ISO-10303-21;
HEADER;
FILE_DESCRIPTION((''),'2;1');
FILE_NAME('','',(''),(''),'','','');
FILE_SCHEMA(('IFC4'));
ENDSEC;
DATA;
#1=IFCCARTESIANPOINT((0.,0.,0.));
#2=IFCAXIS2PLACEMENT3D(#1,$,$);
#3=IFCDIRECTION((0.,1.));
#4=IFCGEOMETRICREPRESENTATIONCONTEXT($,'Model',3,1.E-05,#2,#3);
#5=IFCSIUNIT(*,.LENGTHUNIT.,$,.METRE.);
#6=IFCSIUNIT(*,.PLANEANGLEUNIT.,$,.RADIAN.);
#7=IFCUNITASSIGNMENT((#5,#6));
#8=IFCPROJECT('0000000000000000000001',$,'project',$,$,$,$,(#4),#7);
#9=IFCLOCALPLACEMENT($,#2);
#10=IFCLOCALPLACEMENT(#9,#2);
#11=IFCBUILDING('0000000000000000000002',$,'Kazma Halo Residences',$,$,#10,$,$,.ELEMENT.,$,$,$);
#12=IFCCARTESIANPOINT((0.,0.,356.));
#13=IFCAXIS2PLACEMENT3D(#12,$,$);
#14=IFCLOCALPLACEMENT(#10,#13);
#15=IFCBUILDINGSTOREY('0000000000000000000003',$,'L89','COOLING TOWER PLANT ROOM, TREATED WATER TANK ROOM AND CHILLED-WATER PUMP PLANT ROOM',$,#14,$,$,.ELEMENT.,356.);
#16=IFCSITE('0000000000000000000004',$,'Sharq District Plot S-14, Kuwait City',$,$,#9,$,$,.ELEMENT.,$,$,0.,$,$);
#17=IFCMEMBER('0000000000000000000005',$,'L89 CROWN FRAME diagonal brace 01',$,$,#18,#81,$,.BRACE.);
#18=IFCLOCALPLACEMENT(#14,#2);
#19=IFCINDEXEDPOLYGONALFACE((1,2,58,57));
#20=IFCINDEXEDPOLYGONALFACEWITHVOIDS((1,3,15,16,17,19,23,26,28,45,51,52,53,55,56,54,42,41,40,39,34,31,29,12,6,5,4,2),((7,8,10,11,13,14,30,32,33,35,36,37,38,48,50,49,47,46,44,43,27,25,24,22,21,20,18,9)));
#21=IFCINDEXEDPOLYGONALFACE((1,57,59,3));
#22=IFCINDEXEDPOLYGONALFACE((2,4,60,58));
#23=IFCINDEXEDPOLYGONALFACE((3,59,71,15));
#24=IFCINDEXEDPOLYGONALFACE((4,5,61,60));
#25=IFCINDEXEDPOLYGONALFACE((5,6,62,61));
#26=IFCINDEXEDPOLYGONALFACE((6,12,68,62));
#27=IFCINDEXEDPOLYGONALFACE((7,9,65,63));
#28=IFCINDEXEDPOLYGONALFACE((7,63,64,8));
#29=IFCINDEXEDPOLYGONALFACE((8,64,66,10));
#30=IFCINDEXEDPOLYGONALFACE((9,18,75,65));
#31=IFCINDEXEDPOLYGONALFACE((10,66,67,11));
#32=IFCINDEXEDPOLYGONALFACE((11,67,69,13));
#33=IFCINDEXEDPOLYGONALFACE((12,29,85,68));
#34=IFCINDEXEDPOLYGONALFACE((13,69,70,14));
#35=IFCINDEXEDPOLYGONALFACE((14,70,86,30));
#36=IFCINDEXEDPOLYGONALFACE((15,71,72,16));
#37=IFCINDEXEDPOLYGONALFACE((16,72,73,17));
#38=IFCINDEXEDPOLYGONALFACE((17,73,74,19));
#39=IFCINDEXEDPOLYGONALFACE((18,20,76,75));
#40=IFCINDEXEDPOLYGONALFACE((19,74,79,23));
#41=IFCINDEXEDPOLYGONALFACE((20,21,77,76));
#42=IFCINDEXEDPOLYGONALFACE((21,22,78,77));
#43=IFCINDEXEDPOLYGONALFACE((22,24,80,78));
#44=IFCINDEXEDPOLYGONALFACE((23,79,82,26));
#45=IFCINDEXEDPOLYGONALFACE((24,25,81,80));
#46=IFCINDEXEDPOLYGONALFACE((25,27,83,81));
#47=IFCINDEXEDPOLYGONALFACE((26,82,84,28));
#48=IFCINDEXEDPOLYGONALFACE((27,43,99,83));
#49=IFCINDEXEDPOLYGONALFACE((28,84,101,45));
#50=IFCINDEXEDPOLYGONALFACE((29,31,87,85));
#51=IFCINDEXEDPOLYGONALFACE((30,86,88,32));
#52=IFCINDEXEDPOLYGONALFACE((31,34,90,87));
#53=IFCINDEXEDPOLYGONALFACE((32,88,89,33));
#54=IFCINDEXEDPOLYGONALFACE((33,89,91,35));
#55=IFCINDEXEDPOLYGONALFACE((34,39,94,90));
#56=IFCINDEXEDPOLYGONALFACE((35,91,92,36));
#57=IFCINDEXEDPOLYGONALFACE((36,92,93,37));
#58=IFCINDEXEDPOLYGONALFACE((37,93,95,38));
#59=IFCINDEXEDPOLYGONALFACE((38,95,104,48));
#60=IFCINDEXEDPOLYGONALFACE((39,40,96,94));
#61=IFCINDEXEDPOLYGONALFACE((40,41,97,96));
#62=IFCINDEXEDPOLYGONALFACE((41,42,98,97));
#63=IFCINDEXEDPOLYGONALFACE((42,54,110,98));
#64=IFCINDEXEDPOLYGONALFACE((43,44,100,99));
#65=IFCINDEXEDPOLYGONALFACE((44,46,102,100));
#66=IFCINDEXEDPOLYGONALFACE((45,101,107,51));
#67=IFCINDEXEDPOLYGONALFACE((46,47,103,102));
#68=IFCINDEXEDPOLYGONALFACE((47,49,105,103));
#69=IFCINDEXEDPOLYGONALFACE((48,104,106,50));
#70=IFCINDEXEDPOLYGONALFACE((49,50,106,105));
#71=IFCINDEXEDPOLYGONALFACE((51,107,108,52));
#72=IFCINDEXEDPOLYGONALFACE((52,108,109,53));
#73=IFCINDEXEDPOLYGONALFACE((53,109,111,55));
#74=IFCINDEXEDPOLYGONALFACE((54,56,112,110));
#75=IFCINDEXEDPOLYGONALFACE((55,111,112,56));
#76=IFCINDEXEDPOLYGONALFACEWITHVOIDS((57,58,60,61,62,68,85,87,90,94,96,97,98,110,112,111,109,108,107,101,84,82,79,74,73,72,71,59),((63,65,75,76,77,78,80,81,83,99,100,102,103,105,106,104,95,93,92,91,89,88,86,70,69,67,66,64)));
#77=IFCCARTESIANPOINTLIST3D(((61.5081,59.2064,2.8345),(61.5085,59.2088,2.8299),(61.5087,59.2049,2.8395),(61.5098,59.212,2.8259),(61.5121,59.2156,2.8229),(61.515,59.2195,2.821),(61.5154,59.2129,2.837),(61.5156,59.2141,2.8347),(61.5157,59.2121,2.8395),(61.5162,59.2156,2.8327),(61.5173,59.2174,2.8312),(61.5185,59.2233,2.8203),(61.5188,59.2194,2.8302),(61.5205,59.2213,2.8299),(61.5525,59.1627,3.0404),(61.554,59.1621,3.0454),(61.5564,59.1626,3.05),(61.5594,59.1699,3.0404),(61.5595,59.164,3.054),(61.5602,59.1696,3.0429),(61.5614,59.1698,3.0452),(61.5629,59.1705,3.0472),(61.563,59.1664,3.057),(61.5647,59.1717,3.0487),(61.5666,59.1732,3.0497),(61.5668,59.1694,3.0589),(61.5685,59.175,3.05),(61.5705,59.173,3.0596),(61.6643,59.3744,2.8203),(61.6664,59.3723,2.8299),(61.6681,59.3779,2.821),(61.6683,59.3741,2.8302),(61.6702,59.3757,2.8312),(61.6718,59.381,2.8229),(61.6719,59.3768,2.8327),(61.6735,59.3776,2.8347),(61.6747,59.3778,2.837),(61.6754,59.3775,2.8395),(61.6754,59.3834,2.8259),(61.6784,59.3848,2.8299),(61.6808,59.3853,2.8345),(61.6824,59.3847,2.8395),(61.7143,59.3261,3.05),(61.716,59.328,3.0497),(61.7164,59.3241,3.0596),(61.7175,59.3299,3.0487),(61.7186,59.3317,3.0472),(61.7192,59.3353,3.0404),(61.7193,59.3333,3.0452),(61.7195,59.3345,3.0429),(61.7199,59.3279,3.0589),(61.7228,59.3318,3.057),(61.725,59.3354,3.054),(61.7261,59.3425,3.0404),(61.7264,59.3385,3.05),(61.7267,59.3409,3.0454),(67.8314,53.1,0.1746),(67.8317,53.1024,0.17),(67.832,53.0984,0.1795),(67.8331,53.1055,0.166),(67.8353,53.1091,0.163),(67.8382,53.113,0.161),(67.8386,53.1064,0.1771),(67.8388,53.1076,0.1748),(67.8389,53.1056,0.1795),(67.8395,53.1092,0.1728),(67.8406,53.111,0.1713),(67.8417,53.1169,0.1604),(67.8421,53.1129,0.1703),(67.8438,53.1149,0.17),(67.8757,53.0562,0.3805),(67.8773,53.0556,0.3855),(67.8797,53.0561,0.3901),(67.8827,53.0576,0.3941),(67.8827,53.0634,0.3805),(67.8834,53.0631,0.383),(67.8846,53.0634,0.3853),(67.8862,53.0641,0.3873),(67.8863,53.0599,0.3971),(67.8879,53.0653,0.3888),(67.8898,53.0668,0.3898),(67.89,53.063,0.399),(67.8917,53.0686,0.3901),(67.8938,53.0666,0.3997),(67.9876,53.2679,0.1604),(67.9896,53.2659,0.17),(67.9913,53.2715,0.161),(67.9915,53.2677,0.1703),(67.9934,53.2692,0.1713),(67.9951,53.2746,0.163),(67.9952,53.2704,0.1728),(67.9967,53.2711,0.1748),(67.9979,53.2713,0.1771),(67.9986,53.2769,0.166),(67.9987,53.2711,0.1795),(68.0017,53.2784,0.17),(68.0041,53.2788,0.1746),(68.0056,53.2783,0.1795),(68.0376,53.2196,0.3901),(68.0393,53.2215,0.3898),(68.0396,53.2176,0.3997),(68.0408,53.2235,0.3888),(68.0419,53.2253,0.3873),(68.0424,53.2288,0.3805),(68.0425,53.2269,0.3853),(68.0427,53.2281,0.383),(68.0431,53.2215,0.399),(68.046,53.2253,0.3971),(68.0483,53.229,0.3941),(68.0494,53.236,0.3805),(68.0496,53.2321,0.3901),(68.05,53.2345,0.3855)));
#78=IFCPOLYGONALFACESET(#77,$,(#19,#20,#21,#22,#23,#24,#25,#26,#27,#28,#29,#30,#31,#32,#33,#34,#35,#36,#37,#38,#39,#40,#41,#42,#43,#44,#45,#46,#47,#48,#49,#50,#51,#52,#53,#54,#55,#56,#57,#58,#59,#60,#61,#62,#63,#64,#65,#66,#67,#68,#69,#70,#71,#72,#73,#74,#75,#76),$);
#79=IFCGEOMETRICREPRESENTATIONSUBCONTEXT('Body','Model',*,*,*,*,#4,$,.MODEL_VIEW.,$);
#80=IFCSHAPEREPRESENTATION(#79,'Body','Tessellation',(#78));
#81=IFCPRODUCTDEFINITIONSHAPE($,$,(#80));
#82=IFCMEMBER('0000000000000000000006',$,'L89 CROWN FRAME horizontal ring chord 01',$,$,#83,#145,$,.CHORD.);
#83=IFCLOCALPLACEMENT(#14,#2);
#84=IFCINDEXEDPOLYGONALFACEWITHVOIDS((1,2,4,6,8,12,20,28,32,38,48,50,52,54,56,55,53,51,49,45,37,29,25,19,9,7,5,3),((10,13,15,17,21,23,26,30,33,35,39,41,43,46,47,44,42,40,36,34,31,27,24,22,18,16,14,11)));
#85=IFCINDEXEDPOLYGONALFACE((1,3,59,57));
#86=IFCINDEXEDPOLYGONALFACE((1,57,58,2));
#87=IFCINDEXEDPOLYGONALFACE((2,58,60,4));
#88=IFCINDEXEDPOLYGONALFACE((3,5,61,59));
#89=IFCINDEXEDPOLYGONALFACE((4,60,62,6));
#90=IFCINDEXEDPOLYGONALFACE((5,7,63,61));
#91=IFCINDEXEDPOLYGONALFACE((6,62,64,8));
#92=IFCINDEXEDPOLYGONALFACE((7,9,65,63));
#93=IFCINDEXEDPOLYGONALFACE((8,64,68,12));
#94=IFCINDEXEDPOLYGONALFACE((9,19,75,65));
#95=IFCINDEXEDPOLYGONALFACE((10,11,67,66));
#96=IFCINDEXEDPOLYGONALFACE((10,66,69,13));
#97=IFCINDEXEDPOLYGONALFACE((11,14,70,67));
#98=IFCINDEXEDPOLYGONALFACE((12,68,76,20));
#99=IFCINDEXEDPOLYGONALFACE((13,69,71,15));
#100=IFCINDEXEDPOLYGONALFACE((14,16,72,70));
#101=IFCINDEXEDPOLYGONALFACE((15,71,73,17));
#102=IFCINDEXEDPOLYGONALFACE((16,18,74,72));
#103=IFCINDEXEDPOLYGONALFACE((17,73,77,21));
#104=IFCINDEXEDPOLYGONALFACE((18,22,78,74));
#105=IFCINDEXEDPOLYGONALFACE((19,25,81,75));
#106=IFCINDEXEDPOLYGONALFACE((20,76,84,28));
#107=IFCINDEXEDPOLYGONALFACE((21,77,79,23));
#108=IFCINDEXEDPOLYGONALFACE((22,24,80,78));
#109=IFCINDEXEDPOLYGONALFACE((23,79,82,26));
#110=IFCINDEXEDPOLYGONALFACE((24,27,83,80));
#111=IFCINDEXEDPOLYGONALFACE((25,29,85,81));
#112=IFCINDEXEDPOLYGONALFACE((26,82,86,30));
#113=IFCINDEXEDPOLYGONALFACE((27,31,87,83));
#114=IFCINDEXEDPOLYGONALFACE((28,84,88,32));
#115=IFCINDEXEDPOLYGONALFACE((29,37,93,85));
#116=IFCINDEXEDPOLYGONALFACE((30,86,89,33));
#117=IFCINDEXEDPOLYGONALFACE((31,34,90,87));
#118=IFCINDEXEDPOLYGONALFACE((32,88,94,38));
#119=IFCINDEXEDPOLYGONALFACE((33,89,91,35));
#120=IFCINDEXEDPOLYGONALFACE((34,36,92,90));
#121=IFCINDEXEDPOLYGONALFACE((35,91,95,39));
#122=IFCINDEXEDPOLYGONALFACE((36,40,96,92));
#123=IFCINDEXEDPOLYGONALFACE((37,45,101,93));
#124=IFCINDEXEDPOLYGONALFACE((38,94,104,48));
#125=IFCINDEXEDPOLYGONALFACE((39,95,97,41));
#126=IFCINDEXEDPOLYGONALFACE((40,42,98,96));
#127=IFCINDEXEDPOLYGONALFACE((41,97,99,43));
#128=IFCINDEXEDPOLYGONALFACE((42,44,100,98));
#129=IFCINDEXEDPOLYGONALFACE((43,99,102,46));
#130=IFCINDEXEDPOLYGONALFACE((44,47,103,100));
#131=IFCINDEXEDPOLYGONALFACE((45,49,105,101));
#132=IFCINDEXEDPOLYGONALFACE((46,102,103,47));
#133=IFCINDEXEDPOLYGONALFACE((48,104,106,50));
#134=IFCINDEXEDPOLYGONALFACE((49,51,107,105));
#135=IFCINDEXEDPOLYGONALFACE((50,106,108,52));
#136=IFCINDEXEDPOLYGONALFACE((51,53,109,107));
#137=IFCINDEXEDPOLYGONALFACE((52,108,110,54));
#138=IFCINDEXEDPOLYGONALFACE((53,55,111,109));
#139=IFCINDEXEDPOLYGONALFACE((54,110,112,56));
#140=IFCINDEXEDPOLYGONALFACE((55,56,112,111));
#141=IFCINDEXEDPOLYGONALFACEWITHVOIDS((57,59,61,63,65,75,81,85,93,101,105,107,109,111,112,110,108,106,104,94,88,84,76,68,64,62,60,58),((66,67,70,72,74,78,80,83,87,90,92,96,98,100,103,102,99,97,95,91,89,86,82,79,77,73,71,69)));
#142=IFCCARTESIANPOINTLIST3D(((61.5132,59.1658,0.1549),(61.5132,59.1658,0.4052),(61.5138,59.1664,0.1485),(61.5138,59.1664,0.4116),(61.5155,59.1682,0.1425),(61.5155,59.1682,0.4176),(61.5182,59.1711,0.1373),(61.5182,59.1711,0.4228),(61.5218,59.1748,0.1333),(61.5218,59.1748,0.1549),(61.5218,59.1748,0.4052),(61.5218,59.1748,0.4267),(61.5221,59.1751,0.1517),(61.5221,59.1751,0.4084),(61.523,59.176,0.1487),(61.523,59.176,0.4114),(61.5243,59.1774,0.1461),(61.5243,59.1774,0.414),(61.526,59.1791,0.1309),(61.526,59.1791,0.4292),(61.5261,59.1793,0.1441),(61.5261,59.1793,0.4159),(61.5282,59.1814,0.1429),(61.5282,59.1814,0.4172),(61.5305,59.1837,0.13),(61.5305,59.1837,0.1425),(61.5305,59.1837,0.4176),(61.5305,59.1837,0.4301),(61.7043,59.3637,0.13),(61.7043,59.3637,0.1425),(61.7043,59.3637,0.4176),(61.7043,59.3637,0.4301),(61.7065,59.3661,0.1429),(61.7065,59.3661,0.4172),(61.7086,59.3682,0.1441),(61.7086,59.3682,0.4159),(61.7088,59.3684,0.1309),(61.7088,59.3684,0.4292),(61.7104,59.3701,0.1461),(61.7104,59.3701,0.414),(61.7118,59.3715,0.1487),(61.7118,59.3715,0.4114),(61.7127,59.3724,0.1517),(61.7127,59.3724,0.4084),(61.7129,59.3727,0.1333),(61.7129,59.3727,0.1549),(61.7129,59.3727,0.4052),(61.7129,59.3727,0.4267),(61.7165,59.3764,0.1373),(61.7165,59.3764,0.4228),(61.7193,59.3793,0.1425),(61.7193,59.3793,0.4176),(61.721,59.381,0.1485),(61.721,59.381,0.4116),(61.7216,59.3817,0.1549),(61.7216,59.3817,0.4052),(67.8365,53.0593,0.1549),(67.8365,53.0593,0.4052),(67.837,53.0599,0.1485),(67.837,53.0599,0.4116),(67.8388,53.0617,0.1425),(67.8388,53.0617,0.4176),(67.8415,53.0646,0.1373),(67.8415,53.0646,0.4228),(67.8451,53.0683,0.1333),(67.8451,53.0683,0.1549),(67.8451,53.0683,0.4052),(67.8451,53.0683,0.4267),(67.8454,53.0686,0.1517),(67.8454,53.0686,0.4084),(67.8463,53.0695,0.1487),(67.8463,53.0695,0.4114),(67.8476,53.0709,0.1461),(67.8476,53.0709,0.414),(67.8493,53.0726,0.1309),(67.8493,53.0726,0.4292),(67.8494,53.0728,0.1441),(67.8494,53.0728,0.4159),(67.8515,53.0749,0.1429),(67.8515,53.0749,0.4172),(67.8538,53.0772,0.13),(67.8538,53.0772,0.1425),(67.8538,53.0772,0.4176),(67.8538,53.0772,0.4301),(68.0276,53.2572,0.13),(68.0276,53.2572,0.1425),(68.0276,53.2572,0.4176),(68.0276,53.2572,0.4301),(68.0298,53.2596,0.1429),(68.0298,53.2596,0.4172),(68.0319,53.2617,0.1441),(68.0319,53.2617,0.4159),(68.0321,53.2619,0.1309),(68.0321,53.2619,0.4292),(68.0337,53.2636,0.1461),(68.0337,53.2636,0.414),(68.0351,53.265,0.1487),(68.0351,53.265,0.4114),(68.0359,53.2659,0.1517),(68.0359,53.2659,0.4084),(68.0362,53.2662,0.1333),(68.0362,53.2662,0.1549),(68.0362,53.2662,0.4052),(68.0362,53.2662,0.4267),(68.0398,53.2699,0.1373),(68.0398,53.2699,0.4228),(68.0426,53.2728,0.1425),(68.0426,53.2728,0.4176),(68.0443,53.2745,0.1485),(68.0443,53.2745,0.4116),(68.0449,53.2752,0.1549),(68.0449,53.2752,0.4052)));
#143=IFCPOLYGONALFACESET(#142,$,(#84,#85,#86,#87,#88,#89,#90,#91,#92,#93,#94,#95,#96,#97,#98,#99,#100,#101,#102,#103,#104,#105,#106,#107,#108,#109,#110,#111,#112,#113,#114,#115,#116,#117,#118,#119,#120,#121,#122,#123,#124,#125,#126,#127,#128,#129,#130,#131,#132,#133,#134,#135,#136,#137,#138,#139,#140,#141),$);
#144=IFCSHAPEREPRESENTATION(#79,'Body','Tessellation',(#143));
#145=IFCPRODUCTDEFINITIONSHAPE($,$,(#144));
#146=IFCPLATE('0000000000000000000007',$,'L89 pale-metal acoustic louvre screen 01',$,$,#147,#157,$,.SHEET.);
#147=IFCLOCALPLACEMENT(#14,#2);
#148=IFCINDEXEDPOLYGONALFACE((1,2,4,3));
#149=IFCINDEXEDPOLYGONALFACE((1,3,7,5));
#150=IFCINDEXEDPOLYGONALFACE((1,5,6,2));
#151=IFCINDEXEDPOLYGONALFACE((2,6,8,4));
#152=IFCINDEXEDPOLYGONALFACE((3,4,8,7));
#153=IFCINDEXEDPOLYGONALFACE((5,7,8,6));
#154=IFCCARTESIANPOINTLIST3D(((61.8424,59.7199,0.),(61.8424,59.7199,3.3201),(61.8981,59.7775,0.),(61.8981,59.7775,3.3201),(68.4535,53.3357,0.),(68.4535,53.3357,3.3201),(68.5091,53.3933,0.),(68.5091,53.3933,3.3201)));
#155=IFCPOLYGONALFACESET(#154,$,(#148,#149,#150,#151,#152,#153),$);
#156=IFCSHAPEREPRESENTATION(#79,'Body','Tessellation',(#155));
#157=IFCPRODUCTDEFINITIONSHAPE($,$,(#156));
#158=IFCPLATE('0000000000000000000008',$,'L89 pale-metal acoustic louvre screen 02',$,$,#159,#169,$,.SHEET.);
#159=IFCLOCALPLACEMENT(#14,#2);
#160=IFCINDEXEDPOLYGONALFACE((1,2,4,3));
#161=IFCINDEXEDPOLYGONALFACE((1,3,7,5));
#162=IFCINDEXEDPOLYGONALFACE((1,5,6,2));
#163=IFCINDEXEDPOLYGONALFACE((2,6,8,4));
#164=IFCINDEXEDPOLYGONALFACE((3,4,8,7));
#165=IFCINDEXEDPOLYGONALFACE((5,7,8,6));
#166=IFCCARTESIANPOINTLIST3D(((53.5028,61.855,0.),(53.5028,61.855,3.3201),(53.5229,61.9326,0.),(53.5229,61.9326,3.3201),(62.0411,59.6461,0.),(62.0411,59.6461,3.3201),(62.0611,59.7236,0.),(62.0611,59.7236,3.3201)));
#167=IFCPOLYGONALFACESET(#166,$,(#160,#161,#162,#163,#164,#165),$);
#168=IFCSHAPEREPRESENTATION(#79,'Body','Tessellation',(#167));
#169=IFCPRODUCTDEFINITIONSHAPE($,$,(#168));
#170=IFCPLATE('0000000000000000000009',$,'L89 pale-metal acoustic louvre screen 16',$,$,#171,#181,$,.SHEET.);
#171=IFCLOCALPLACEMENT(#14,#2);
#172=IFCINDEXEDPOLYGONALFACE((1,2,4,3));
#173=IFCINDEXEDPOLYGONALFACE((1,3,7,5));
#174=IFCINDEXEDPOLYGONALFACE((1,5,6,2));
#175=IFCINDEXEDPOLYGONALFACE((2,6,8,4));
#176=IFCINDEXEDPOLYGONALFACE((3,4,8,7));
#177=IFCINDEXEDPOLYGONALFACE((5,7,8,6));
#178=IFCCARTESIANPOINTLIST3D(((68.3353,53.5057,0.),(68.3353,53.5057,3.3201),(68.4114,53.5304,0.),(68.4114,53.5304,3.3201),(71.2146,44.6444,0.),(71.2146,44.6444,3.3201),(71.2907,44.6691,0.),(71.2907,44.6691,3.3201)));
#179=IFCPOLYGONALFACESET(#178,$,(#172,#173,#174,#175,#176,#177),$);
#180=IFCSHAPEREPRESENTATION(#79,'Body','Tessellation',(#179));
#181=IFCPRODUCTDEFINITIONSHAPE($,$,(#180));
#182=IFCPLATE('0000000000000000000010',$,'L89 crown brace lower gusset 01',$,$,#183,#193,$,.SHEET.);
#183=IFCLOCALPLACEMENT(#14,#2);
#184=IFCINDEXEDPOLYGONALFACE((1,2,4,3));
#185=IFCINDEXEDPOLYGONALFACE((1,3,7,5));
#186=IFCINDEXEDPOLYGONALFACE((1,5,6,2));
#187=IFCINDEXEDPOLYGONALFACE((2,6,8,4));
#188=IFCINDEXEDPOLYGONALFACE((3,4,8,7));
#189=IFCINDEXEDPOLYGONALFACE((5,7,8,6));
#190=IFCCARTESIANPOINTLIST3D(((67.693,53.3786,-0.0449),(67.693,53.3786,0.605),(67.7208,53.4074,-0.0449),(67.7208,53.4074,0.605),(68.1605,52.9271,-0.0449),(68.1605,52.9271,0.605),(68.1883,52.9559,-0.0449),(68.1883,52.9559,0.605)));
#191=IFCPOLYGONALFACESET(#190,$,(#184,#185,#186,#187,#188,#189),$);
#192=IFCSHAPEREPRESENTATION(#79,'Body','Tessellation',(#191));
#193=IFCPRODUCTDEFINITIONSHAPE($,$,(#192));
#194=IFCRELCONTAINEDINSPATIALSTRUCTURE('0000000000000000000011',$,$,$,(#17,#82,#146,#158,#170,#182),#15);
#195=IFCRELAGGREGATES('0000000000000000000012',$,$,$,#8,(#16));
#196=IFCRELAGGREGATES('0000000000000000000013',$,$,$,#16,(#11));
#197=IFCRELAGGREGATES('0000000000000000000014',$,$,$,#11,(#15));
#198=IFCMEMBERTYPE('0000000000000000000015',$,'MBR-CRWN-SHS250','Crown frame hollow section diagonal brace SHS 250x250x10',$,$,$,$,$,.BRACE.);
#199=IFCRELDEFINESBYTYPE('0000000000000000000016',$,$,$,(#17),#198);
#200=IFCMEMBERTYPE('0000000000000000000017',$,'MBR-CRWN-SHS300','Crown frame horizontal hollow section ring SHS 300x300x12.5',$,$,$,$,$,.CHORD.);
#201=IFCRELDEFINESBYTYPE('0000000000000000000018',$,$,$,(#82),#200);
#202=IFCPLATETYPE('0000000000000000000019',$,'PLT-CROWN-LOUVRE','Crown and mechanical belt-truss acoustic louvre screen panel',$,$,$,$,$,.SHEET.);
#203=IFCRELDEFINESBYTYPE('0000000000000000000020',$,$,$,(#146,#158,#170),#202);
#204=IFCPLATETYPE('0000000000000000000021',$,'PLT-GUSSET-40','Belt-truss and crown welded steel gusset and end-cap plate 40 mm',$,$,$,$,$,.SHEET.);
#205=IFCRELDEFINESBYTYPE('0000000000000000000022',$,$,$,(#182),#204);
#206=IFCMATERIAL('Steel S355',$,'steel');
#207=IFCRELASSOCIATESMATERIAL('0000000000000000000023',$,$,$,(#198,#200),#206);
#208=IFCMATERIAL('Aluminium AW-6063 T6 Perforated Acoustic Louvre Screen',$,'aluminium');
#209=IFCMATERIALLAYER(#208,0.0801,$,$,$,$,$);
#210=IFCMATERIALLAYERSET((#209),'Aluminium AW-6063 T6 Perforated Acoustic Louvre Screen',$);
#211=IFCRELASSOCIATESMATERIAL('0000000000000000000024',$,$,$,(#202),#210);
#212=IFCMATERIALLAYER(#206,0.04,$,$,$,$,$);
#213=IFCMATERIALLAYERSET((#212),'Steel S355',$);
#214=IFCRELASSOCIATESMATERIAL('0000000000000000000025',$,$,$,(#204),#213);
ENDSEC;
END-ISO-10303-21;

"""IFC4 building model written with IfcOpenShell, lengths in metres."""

from ifc_helpers import new_model, si_unit, direction, frame, origin, origin_2d, place, context, subcontext, project, spatial, rectangle, hollow_rectangle, extrude, material, layer, layer_set, material_profile, profile_set, type_object, element, save


model = new_model("IFC4")

# Units and contexts
model_context = context("Model", 3, precision=1e-05, world=origin(), true_north=direction((0.0, 1.0)))
body_context = subcontext(model_context, "Body", "Model", "MODEL_VIEW")
ifc_project = project(units=[si_unit("LENGTHUNIT", "METRE"), si_unit("PLANEANGLEUNIT", "RADIAN")], contexts=[model_context])

# Site, building, storey
site_placement = place(None, origin())
site = spatial("IfcSite", under=ifc_project, at=site_placement, Name="Sharq District Plot S-14, Kuwait City", CompositionType="ELEMENT", RefElevation=0.0)
building_placement = place(site_placement, origin())
building = spatial("IfcBuilding", under=site, at=building_placement, Name="Kazma Halo Residences", CompositionType="ELEMENT")
storey_placement = place(building_placement, frame((0.0, 0.0, 356.0)))
storey = spatial("IfcBuildingStorey", under=building, at=storey_placement, Name="L89", Description="COOLING TOWER PLANT ROOM, TREATED WATER TANK ROOM AND CHILLED-WATER PUMP PLANT ROOM", CompositionType="ELEMENT", Elevation=356.0)

# Shared definitions
ifc_material_1 = material(Name="Steel S355", Category="steel")

# Members
ifc_material_profile_1 = material_profile(ifc_material_1, hollow_rectangle(XDim=0.25, YDim=0.25, WallThickness=0.01, InnerFilletRadius=0.01, OuterFilletRadius=0.02, at=origin_2d()), Name="SHS250x250x10")
ifc_profile_set_1 = profile_set([ifc_material_profile_1], Name="Steel S355")
member_type_1 = type_object("IfcMemberType", Name="MBR-CRWN-SHS250", Description="Crown frame hollow section diagonal brace SHS 250x250x10", PredefinedType="BRACE", material=ifc_profile_set_1)
member_1_placement = place(storey_placement, frame((67.9407, 53.1672, 0.28), z_axis=(-0.688501, 0.664895, 0.289622), x_axis=(-0.694668, -0.719331, 0.0)))
element("IfcMember", 1, at=member_1_placement, inside=storey, type_object=member_type_1, Name="L89 CROWN FRAME diagonal brace 01", PredefinedType="BRACE", context=body_context, shape_type="SweptSolid", body=[
    extrude(hollow_rectangle(XDim=0.25, YDim=0.25, WallThickness=0.01, InnerFilletRadius=0.01, OuterFilletRadius=0.02, at=origin_2d()), origin(), (0.0, 0.0, 1.0), 9.1841),
])
ifc_material_profile_2 = material_profile(ifc_material_1, hollow_rectangle(XDim=0.3, YDim=0.3, WallThickness=0.0125, InnerFilletRadius=0.0125, OuterFilletRadius=0.0249, at=origin_2d()), Name="SHS300x300x12.5")
ifc_profile_set_2 = profile_set([ifc_material_profile_2], Name="Steel S355")
member_type_2 = type_object("IfcMemberType", Name="MBR-CRWN-SHS300", Description="Crown frame horizontal hollow section ring SHS 300x300x12.5", PredefinedType="CHORD", material=ifc_profile_set_2)
member_2_placement = place(storey_placement, frame((67.9407, 53.1672, 0.28), z_axis=(-0.719331, 0.694668, 0.0), x_axis=(-0.694668, -0.719331, 0.0)))
element("IfcMember", 2, at=member_2_placement, inside=storey, type_object=member_type_2, Name="L89 CROWN FRAME horizontal ring chord 01", PredefinedType="CHORD", context=body_context, shape_type="SweptSolid", body=[
    extrude(hollow_rectangle(XDim=0.3, YDim=0.3, WallThickness=0.0125, InnerFilletRadius=0.0125, OuterFilletRadius=0.0249, at=origin_2d()), origin(), (0.0, 0.0, 1.0), 8.7905),
])

# Plates
ifc_material_2 = material(Name="Aluminium AW-6063 T6 Perforated Acoustic Louvre Screen", Category="aluminium")
ifc_layer_1 = layer(ifc_material_2, 0.0801)
ifc_layer_set_1 = layer_set([ifc_layer_1], Name="Aluminium AW-6063 T6 Perforated Acoustic Louvre Screen")
plate_type_1 = type_object("IfcPlateType", Name="PLT-CROWN-LOUVRE", Description="Crown and mechanical belt-truss acoustic louvre screen panel", PredefinedType="SHEET", material=ifc_layer_set_1)
plate_1_placement = place(storey_placement, frame((65.1758, 56.5566, 0.0), z_axis=(0.0, 0.0, 1.0), x_axis=(-0.719342, 0.694656, 0.0)))
element("IfcPlate", 3, at=plate_1_placement, inside=storey, type_object=plate_type_1, Name="L89 pale-metal acoustic louvre screen 01", PredefinedType="SHEET", context=body_context, shape_type="SweptSolid", body=[
    extrude(rectangle(XDim=9.1904, YDim=0.0801, at=origin_2d()), origin(), (0.0, 0.0, 1.0), 3.3201),
])
plate_2_placement = place(storey_placement, frame((57.782, 60.7893, 0.0), z_axis=(0.0, 0.0, 1.0), x_axis=(-0.968124, 0.25047, 0.0)))
element("IfcPlate", 4, at=plate_2_placement, inside=storey, type_object=plate_type_1, Name="L89 pale-metal acoustic louvre screen 02", PredefinedType="SHEET", context=body_context, shape_type="SweptSolid", body=[
    extrude(rectangle(XDim=8.8193, YDim=0.0801, at=origin_2d()), origin(), (0.0, 0.0, 1.0), 3.3201),
])
plate_3_placement = place(storey_placement, frame((69.813, 49.0874, 0.0), z_axis=(0.0, 0.0, 1.0), x_axis=(-0.309023, 0.951055, 0.0)))
element("IfcPlate", 5, at=plate_3_placement, inside=storey, type_object=plate_type_1, Name="L89 pale-metal acoustic louvre screen 16", PredefinedType="SHEET", context=body_context, shape_type="SweptSolid", body=[
    extrude(rectangle(XDim=9.3174, YDim=0.0801, at=origin_2d()), origin(), (0.0, 0.0, 1.0), 3.3201),
])
ifc_layer_2 = layer(ifc_material_1, 0.04)
ifc_layer_set_2 = layer_set([ifc_layer_2], Name="Steel S355")
plate_type_2 = type_object("IfcPlateType", Name="PLT-GUSSET-40", Description="Belt-truss and crown welded steel gusset and end-cap plate 40 mm", PredefinedType="SHEET", material=ifc_layer_set_2)
for number, where, z_axis, x_axis, name in (
    (6, (67.9407, 53.1672, -0.0449), (0.0, 0.0, 1.0), (-0.719342, 0.694656, 0.0), "L89 crown brace lower gusset 01"),
):
    element("IfcPlate", number, at=place(storey_placement, frame(where, z_axis=z_axis, x_axis=x_axis)), inside=storey, type_object=plate_type_2, Name=name, PredefinedType="SHEET", context=body_context, shape_type="SweptSolid", body=[
        extrude(rectangle(XDim=0.6499, YDim=0.04, at=origin_2d()), origin(), (0.0, 0.0, 1.0), 0.6499),
    ])

save(model, "model.ifc")
